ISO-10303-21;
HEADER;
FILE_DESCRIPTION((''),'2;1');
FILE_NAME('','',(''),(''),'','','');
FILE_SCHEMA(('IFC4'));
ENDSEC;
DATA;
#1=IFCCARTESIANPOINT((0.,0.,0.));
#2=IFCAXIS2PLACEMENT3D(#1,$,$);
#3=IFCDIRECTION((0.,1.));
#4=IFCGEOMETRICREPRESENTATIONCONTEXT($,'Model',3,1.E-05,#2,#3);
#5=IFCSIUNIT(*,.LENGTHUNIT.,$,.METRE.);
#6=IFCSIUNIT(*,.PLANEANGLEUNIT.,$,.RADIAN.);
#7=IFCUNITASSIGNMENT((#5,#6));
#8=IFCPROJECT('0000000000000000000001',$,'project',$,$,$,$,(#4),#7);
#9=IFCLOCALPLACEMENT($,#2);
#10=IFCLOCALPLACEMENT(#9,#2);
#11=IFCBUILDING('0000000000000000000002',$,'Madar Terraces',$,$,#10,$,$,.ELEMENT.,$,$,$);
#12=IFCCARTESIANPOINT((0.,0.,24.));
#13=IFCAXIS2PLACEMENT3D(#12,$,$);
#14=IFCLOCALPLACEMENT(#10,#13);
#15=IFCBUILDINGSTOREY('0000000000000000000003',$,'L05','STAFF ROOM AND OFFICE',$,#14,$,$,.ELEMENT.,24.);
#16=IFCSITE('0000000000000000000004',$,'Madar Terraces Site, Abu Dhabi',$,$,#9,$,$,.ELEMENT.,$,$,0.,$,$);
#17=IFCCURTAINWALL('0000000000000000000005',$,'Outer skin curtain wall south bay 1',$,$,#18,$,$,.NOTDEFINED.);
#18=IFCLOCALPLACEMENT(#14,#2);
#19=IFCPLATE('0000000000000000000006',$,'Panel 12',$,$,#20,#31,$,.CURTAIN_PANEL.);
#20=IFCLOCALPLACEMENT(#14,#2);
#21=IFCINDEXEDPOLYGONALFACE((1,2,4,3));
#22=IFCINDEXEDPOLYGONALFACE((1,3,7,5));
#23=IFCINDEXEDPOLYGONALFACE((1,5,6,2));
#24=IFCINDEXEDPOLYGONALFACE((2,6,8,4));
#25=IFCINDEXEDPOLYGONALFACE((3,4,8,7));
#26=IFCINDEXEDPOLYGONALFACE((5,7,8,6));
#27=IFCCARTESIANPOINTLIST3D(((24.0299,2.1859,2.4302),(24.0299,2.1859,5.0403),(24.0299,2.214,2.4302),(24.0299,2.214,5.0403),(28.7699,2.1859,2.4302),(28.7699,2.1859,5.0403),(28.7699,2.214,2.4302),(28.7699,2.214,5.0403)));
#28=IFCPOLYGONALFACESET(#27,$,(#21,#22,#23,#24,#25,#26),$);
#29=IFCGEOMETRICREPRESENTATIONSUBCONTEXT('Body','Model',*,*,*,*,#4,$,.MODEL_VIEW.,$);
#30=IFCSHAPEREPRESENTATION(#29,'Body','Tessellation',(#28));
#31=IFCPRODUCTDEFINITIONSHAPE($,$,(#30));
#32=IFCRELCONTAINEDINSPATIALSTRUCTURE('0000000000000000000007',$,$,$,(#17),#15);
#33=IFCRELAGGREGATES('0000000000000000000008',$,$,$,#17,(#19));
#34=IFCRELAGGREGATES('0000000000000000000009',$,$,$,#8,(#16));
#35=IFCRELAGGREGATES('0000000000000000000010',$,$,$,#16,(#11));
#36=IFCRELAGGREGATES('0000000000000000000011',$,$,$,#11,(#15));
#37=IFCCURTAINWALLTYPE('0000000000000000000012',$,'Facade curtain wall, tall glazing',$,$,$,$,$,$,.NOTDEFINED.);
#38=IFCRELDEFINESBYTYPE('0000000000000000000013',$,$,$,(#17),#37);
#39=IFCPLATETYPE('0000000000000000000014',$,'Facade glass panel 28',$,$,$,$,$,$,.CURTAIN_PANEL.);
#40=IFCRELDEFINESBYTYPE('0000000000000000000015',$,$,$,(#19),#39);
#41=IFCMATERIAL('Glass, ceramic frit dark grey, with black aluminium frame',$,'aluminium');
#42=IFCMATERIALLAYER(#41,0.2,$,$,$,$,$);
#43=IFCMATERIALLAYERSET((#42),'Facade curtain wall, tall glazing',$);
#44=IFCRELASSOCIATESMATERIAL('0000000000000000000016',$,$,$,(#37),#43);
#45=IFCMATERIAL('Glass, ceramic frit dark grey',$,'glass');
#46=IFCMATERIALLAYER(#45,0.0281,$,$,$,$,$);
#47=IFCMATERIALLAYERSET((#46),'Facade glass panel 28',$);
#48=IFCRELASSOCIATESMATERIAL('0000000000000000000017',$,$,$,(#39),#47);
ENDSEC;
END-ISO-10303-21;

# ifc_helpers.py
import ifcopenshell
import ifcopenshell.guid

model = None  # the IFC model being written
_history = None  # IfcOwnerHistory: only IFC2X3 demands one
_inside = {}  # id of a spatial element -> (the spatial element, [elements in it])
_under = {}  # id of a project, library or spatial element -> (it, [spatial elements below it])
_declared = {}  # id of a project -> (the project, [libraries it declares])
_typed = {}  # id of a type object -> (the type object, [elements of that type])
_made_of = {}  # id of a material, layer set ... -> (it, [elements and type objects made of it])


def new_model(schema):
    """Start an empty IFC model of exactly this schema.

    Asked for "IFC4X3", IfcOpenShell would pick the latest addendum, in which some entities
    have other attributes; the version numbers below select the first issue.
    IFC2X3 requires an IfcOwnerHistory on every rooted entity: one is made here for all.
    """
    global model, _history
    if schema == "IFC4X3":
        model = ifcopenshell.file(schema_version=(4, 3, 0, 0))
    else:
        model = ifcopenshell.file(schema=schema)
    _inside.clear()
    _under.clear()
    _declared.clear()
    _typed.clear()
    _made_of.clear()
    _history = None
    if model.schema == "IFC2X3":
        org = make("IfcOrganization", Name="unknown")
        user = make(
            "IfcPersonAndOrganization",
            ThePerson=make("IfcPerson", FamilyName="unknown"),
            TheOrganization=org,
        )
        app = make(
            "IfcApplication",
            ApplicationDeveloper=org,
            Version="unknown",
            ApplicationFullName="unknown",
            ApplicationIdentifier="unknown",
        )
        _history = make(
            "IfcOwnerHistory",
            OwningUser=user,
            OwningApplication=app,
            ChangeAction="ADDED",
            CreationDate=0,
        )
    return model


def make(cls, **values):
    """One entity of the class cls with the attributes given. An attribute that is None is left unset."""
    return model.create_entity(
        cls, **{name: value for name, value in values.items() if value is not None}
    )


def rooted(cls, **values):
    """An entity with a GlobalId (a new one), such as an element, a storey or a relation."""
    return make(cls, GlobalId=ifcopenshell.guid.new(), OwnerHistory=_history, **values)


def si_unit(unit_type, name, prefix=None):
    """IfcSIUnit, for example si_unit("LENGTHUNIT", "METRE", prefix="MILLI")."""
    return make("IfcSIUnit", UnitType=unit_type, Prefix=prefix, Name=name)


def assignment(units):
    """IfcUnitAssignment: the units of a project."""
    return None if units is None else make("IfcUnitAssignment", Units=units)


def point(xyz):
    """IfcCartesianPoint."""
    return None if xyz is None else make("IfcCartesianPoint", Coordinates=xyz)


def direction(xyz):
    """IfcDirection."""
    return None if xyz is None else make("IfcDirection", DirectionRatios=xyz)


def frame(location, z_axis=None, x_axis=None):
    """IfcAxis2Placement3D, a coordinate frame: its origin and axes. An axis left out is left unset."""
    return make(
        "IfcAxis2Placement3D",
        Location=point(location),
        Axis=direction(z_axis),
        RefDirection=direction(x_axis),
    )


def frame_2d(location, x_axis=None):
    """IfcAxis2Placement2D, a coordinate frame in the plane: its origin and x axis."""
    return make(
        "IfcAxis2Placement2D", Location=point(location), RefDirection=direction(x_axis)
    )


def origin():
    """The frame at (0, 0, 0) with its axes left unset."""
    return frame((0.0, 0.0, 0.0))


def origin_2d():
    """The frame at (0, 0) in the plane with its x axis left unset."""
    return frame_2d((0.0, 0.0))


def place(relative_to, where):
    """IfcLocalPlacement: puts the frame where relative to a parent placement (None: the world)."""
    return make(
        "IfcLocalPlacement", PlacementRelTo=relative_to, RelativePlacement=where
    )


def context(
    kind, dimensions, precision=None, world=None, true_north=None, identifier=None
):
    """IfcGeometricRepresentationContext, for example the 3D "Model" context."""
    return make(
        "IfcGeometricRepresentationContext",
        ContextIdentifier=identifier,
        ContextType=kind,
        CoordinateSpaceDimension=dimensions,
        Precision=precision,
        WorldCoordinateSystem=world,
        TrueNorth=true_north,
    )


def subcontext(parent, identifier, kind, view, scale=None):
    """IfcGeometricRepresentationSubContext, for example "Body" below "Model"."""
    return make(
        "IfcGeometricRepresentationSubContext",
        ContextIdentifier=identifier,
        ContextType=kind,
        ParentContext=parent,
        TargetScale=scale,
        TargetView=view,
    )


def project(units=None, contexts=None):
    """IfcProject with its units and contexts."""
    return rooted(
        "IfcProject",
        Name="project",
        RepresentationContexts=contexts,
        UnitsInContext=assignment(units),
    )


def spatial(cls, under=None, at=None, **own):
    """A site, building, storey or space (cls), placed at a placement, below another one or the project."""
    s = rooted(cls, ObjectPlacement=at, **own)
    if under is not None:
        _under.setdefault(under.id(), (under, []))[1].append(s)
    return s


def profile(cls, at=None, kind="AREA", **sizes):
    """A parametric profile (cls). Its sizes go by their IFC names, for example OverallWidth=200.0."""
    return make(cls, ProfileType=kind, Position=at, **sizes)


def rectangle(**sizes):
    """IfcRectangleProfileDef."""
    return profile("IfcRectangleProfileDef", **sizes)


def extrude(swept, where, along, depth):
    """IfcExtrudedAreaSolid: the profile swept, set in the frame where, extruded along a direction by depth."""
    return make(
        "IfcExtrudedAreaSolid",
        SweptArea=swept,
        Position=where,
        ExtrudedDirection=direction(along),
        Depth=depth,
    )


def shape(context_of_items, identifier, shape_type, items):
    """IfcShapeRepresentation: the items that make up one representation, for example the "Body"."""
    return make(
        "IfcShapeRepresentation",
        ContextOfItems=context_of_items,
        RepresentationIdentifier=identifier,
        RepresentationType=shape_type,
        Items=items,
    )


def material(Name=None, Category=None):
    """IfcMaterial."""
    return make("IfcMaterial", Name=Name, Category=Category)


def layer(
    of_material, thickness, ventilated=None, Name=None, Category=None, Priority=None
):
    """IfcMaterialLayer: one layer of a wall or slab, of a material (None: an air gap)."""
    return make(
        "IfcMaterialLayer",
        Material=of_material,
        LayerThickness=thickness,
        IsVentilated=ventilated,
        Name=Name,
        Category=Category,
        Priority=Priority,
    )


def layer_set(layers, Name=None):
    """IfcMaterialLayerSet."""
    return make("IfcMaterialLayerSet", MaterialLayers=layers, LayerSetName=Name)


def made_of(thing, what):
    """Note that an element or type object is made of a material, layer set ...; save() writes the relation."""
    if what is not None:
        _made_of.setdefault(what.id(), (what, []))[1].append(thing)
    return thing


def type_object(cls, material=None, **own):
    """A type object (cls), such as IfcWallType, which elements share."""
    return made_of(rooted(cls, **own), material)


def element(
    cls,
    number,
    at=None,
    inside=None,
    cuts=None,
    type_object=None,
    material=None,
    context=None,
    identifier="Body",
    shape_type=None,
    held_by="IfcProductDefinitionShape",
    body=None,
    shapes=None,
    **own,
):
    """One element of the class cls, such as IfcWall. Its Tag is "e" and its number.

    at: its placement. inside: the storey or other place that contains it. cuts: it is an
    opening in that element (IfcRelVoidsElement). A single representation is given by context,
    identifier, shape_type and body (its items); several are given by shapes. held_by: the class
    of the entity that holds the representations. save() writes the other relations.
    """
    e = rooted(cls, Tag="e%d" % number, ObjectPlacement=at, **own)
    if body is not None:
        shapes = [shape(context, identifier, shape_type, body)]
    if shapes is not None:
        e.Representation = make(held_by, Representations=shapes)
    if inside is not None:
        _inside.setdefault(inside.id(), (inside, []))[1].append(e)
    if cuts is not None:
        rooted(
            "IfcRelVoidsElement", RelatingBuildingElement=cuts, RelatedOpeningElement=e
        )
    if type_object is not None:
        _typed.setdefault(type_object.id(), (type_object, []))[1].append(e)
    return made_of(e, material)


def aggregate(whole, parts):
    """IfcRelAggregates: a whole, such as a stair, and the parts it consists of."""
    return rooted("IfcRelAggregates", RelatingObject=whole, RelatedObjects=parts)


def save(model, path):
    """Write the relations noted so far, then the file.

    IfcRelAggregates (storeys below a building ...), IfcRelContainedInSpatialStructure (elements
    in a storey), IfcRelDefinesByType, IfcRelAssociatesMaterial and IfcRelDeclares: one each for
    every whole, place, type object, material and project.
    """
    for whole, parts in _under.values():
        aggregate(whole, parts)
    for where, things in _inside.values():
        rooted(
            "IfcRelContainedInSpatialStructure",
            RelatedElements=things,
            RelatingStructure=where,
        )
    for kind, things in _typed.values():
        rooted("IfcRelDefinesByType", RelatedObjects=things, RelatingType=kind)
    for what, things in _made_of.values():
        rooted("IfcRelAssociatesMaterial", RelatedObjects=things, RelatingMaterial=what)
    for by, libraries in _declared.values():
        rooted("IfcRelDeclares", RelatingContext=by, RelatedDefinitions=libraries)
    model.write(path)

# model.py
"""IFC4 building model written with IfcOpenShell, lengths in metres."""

from ifc_helpers import new_model, si_unit, direction, frame, origin, origin_2d, place, context, subcontext, project, spatial, rectangle, extrude, material, layer, layer_set, type_object, element, aggregate, save


model = new_model("IFC4")

# Units and contexts
model_context = context("Model", 3, precision=1e-05, world=origin(), true_north=direction((0.0, 1.0)))
body_context = subcontext(model_context, "Body", "Model", "MODEL_VIEW")
ifc_project = project(units=[si_unit("LENGTHUNIT", "METRE"), si_unit("PLANEANGLEUNIT", "RADIAN")], contexts=[model_context])

# Site, building, storey
site_placement = place(None, origin())
site = spatial("IfcSite", under=ifc_project, at=site_placement, Name="Madar Terraces Site, Abu Dhabi", CompositionType="ELEMENT", RefElevation=0.0)
building_placement = place(site_placement, origin())
building = spatial("IfcBuilding", under=site, at=building_placement, Name="Madar Terraces", CompositionType="ELEMENT")
storey_placement = place(building_placement, frame((0.0, 0.0, 24.0)))
storey = spatial("IfcBuildingStorey", under=building, at=storey_placement, Name="L05", Description="STAFF ROOM AND OFFICE", CompositionType="ELEMENT", Elevation=24.0)

# Curtain wall, plate
ifc_material_1 = material(Name="Glass, ceramic frit dark grey, with black aluminium frame", Category="aluminium")
ifc_layer_1 = layer(ifc_material_1, 0.2)
ifc_layer_set_1 = layer_set([ifc_layer_1], Name="Facade curtain wall, tall glazing")
curtain_wall_type = type_object("IfcCurtainWallType", Name="Facade curtain wall, tall glazing", PredefinedType="NOTDEFINED", material=ifc_layer_set_1)
curtain_wall_placement = place(storey_placement, origin())
curtain_wall = element("IfcCurtainWall", 1, at=curtain_wall_placement, inside=storey, type_object=curtain_wall_type, Name="Outer skin curtain wall south bay 1", PredefinedType="NOTDEFINED")
ifc_material_2 = material(Name="Glass, ceramic frit dark grey", Category="glass")
ifc_layer_2 = layer(ifc_material_2, 0.0281)
ifc_layer_set_2 = layer_set([ifc_layer_2], Name="Facade glass panel 28")
plate_type = type_object("IfcPlateType", Name="Facade glass panel 28", PredefinedType="CURTAIN_PANEL", material=ifc_layer_set_2)
plate_1_placement = place(storey_placement, frame((26.3999, 2.2, 2.4302), z_axis=(0.0, 0.0, 1.0), x_axis=(1.0, 0.0, 0.0)))
plate_1 = element("IfcPlate", 2, at=plate_1_placement, type_object=plate_type, Name="Panel 12", PredefinedType="CURTAIN_PANEL", context=body_context, shape_type="SweptSolid", body=[
    extrude(rectangle(XDim=4.74, YDim=0.0281, at=origin_2d()), origin(), (0.0, 0.0, 1.0), 2.6101),
])
aggregate(curtain_wall, [plate_1])

save(model, "model.ifc")
